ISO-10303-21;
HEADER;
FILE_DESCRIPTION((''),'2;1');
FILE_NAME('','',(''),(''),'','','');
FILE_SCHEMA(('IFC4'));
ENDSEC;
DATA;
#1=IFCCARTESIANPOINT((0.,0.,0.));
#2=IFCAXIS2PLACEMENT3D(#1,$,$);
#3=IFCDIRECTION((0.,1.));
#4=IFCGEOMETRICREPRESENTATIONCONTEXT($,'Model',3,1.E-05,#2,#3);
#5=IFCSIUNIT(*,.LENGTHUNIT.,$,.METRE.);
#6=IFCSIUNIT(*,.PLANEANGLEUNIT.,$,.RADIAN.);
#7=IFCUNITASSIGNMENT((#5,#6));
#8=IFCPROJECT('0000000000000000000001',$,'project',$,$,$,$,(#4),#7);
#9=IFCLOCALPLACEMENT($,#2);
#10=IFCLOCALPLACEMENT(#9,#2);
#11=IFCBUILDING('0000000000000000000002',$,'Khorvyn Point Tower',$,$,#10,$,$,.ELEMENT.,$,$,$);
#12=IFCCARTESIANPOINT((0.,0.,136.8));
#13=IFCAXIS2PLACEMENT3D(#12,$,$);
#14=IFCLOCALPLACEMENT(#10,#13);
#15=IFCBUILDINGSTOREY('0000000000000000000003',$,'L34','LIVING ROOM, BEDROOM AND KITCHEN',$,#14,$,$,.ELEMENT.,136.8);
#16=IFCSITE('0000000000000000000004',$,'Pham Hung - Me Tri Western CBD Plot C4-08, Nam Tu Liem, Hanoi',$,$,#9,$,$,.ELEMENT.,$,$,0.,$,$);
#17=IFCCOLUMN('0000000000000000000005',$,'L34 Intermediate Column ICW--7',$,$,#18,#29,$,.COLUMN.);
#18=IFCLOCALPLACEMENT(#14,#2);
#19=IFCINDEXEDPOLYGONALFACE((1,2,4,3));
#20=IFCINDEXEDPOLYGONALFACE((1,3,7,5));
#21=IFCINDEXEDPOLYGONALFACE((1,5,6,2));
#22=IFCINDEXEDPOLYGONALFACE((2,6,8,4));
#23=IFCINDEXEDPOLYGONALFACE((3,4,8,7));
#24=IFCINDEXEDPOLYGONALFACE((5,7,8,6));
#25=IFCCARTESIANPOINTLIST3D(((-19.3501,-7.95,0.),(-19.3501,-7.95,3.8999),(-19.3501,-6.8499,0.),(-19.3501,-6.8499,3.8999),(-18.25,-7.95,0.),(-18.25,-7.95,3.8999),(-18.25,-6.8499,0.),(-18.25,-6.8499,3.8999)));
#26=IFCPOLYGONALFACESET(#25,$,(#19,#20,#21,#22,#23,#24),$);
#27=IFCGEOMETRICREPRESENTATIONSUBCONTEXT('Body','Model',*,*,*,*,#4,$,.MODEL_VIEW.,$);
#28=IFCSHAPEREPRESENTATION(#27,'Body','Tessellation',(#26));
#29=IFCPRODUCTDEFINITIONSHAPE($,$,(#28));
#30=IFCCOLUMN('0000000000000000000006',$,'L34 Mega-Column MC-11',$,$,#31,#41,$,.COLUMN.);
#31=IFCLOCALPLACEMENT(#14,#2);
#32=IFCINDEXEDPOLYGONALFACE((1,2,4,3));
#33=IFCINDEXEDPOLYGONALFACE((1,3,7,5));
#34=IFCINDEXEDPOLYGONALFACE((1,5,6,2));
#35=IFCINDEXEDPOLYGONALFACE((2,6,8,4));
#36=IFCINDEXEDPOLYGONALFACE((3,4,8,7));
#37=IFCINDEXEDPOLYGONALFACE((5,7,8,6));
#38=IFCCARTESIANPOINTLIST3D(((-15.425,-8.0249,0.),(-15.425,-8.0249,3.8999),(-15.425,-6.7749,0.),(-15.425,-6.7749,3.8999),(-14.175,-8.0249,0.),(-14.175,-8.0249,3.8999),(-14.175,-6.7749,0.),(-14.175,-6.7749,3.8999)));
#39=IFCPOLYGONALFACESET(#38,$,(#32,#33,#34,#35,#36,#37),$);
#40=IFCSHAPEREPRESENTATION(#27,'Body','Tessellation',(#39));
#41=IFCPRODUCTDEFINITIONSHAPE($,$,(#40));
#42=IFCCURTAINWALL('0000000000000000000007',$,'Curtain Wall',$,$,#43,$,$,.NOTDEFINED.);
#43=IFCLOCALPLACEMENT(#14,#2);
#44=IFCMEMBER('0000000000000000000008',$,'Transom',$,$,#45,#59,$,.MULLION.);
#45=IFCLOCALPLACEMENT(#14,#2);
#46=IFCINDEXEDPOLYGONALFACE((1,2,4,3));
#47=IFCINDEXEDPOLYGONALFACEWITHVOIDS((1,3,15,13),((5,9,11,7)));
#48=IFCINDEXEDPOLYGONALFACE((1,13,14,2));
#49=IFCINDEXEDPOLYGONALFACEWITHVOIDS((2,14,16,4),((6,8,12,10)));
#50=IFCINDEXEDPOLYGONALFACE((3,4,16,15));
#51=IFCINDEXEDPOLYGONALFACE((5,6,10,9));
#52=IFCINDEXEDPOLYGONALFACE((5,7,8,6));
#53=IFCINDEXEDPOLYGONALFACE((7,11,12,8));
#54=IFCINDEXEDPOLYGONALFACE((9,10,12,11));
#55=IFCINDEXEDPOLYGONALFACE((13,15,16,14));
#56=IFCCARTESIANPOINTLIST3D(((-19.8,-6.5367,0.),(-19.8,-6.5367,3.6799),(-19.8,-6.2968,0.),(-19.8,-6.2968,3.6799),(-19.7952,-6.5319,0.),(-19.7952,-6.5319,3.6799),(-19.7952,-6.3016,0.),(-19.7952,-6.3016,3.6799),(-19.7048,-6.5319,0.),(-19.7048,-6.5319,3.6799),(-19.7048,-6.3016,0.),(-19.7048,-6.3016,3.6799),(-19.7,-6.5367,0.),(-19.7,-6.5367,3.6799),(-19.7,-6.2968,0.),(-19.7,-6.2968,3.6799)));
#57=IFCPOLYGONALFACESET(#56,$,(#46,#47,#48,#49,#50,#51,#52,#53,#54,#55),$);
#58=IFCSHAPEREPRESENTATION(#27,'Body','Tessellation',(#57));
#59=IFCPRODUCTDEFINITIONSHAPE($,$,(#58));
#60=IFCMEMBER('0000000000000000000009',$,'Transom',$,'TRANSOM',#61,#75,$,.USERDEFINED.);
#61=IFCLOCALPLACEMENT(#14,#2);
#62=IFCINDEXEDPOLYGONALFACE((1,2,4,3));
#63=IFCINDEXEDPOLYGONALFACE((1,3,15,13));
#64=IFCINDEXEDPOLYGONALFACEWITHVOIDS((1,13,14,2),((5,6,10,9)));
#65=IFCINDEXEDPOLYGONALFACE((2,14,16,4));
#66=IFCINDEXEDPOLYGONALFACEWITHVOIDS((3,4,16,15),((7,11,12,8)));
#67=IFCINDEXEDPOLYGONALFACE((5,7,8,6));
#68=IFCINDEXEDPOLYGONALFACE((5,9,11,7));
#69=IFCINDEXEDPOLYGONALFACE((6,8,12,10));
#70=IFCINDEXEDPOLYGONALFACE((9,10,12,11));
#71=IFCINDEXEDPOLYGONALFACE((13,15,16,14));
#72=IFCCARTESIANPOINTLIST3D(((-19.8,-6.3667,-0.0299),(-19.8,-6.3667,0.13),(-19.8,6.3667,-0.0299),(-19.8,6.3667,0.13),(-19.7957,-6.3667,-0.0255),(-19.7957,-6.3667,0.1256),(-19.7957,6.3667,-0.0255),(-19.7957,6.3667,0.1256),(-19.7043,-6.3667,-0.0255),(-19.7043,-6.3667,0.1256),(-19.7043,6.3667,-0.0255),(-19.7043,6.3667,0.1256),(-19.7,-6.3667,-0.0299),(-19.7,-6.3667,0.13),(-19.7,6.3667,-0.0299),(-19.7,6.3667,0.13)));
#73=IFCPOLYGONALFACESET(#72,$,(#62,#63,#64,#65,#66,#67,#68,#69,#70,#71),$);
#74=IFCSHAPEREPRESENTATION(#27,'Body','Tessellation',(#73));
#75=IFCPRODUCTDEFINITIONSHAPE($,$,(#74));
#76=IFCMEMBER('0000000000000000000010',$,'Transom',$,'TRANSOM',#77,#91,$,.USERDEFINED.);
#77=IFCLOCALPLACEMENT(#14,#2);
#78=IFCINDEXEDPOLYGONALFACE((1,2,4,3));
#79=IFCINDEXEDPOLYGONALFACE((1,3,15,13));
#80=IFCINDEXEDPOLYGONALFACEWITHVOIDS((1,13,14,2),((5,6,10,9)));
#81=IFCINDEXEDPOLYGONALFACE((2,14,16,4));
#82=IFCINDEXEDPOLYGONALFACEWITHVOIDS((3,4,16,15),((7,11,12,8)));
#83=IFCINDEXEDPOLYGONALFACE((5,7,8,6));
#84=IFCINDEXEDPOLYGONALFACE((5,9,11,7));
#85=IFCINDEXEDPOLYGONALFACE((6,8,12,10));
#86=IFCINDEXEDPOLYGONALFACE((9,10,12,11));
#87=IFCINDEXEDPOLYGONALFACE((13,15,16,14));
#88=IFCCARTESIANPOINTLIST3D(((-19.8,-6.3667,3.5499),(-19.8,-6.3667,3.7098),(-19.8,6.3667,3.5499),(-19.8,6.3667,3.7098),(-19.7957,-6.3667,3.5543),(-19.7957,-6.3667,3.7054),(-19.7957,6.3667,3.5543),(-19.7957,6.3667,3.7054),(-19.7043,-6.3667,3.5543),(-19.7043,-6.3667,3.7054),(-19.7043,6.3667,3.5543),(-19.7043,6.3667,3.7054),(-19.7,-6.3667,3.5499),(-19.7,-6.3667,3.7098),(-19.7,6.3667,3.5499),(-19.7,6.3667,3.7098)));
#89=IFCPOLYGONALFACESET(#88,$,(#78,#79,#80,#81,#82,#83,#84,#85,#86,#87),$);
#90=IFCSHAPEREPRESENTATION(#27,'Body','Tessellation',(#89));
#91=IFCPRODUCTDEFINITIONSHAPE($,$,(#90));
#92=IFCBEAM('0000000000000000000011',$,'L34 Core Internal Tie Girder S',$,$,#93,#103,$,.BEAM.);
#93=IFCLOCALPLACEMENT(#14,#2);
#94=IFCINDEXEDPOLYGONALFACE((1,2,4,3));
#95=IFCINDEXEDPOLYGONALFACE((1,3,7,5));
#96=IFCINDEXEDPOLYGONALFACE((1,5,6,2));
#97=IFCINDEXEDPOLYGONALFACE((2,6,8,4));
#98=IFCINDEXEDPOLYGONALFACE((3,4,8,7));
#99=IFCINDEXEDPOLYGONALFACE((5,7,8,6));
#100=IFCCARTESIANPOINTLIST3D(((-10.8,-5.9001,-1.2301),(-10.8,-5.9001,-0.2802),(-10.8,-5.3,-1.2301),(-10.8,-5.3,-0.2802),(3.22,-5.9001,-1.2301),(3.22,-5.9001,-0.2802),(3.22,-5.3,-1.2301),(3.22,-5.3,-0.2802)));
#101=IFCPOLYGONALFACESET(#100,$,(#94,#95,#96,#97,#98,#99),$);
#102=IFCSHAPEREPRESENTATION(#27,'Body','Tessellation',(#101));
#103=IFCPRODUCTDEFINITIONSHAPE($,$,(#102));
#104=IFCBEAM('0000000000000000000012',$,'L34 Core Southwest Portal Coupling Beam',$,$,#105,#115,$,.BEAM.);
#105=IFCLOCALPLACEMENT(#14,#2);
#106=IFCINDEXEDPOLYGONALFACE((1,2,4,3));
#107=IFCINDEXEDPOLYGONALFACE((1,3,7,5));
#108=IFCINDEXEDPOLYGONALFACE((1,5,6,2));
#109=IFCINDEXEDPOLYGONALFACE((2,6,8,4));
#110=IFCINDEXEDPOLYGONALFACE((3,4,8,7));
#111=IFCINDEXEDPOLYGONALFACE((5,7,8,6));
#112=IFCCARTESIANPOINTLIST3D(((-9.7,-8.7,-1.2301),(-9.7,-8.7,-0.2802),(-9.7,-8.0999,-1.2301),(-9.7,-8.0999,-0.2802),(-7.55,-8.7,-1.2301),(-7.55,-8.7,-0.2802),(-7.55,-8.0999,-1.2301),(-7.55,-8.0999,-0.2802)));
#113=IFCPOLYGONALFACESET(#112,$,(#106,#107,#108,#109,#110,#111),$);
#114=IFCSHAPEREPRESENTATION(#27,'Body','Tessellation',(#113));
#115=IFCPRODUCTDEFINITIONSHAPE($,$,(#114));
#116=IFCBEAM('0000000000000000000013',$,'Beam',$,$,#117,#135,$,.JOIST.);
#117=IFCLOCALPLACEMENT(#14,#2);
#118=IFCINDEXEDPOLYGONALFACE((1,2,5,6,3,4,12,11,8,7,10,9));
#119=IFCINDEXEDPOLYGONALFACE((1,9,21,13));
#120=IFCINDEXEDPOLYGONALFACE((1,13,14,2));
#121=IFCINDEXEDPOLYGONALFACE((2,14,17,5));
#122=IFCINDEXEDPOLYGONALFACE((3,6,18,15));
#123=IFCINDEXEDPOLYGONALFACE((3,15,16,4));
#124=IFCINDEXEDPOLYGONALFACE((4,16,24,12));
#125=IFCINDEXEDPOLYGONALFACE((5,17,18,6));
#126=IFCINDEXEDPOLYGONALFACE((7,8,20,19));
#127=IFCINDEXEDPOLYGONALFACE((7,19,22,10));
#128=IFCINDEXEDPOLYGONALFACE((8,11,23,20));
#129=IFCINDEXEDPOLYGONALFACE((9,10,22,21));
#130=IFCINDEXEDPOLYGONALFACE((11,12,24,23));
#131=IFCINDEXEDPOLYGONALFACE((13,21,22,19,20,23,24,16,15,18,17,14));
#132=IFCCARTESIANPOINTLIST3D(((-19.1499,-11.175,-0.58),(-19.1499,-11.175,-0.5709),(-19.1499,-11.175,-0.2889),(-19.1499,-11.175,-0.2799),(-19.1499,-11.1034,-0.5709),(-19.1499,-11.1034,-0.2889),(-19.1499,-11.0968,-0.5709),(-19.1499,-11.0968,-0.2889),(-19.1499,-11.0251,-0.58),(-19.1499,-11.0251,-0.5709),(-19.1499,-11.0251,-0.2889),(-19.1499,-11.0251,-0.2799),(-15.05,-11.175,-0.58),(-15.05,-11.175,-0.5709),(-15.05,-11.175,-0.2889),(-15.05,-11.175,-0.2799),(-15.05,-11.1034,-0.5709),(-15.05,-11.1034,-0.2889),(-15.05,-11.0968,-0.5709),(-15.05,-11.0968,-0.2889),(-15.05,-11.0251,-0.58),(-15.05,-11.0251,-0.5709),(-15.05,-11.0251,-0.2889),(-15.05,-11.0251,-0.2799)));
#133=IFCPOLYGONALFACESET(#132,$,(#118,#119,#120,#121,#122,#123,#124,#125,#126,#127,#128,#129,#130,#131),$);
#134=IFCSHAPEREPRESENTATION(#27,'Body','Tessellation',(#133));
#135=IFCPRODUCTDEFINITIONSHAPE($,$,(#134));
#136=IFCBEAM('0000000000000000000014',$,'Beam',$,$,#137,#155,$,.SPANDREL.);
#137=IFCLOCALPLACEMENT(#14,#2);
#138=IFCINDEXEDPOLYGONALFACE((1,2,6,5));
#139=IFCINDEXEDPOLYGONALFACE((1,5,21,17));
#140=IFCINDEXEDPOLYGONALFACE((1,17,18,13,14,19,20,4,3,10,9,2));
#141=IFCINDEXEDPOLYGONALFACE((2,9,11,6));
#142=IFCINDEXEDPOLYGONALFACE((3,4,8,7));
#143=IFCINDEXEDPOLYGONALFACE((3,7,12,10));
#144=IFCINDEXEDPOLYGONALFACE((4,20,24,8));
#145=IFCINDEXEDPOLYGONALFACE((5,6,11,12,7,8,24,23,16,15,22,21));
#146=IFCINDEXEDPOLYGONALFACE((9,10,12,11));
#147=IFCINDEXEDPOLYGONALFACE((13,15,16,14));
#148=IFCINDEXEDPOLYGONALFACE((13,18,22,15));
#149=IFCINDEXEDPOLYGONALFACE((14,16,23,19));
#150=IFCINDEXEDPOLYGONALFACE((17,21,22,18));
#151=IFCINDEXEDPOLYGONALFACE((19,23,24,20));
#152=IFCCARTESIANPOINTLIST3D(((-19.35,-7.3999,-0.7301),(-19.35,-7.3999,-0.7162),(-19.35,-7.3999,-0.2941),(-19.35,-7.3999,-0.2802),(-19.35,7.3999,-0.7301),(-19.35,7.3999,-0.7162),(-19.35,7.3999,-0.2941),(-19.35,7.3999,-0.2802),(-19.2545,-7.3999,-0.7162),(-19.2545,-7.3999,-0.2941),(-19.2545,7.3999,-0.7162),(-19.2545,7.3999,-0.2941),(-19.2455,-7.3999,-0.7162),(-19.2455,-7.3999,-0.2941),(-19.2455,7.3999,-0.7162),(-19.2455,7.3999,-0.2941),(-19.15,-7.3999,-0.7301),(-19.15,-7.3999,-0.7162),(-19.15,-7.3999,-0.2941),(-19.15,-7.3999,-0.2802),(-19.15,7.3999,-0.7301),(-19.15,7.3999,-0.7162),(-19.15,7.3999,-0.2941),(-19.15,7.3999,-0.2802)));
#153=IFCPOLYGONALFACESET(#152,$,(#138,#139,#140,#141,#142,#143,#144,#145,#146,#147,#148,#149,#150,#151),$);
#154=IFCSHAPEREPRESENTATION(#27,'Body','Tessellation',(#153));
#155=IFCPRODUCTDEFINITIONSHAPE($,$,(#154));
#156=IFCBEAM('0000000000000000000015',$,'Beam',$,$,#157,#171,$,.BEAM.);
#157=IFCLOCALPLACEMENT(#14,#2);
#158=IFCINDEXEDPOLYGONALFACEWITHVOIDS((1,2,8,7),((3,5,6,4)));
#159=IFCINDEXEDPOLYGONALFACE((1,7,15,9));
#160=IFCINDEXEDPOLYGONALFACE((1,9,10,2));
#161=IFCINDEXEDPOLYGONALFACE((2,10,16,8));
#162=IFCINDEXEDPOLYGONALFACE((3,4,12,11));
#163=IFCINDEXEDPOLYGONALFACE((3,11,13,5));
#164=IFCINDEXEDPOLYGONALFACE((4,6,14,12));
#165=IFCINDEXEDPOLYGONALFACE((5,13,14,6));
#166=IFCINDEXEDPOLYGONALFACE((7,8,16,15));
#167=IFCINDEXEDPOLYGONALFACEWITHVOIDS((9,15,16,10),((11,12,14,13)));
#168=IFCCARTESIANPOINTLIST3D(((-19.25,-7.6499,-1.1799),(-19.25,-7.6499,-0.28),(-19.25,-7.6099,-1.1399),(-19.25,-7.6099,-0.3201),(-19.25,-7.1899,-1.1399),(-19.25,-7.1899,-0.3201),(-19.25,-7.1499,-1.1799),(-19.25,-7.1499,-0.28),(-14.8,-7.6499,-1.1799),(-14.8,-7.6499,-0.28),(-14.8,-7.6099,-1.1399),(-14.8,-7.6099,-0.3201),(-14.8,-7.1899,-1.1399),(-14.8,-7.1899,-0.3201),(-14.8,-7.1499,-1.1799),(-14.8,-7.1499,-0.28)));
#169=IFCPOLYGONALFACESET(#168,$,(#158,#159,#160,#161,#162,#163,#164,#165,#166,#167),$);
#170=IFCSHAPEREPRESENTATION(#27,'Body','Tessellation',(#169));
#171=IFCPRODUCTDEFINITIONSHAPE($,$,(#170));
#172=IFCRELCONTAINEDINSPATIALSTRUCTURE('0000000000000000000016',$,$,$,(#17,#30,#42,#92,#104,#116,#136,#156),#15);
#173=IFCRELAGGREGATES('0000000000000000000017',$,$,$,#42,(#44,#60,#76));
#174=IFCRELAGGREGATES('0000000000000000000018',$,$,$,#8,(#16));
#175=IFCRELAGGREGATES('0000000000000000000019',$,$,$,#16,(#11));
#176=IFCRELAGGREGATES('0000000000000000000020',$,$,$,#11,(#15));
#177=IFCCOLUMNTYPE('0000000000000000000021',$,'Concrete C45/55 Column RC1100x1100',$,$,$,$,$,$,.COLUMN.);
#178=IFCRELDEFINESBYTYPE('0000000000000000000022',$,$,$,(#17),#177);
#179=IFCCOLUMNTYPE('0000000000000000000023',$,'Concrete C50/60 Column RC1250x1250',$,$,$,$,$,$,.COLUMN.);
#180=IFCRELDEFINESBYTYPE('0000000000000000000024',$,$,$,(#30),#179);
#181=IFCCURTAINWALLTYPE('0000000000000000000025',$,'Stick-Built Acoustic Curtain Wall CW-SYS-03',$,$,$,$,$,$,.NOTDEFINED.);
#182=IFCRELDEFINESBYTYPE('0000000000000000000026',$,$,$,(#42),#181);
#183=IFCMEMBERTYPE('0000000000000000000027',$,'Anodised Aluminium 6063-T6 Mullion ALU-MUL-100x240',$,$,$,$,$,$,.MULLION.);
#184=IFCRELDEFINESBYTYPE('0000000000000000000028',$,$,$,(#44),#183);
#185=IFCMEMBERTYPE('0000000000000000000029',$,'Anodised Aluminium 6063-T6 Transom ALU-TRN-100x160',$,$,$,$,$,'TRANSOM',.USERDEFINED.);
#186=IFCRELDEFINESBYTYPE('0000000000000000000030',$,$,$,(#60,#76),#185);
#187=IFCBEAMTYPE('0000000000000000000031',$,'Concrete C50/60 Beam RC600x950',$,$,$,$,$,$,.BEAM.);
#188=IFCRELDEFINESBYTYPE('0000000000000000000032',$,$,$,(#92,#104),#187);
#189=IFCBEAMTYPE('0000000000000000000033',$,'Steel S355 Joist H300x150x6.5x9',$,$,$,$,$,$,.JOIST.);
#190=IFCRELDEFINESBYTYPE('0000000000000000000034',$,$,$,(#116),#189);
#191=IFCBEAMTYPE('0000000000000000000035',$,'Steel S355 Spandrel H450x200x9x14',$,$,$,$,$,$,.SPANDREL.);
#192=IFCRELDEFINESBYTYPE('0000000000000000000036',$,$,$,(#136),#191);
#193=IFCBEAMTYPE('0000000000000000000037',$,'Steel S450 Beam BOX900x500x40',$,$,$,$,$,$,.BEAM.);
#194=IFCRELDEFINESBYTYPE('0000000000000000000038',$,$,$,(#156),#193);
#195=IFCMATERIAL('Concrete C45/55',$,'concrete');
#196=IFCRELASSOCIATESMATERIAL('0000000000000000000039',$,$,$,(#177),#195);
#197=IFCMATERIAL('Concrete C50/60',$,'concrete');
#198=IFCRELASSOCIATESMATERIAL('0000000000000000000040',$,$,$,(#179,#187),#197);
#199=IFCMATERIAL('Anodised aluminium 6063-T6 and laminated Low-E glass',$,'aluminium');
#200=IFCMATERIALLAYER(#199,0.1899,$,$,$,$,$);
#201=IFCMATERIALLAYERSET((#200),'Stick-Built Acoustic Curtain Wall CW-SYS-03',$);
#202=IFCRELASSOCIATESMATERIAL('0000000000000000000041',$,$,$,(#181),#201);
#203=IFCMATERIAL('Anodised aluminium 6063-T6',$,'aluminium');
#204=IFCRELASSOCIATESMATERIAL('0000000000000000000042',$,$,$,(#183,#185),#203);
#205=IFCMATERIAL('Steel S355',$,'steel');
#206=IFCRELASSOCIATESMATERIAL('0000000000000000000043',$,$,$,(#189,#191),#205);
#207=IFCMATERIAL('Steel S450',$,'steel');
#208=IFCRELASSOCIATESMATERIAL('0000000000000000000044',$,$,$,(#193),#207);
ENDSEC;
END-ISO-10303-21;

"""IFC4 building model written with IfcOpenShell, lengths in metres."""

from ifc_helpers import new_model, si_unit, direction, frame, origin, origin_2d, place, context, subcontext, project, spatial, rectangle, hollow_rectangle, i_section, extrude, material, layer, layer_set, material_profile, profile_set, type_object, element, aggregate, save


model = new_model("IFC4")

# Units and contexts
model_context = context("Model", 3, precision=1e-05, world=origin(), true_north=direction((0.0, 1.0)))
body_context = subcontext(model_context, "Body", "Model", "MODEL_VIEW")
ifc_project = project(units=[si_unit("LENGTHUNIT", "METRE"), si_unit("PLANEANGLEUNIT", "RADIAN")], contexts=[model_context])

# Site, building, storey
site_placement = place(None, origin())
site = spatial("IfcSite", under=ifc_project, at=site_placement, Name="Pham Hung - Me Tri Western CBD Plot C4-08, Nam Tu Liem, Hanoi", CompositionType="ELEMENT", RefElevation=0.0)
building_placement = place(site_placement, origin())
building = spatial("IfcBuilding", under=site, at=building_placement, Name="Khorvyn Point Tower", CompositionType="ELEMENT")
storey_placement = place(building_placement, frame((0.0, 0.0, 136.8)))
storey = spatial("IfcBuildingStorey", under=building, at=storey_placement, Name="L34", Description="LIVING ROOM, BEDROOM AND KITCHEN", CompositionType="ELEMENT", Elevation=136.8)

# Columns
ifc_material_1 = material(Name="Concrete C45/55", Category="concrete")
ifc_material_profile_1 = material_profile(ifc_material_1, rectangle(XDim=1.1001, YDim=1.1001, at=origin_2d()))
ifc_profile_set_1 = profile_set([ifc_material_profile_1], Name="Concrete C45/55 RC1100x1100")
column_type_1 = type_object("IfcColumnType", Name="Concrete C45/55 Column RC1100x1100", PredefinedType="COLUMN", material=ifc_profile_set_1)
column_1_placement = place(storey_placement, frame((-18.8, -7.3999, 0.0), z_axis=(0.0, 0.0, 1.0), x_axis=(1.0, 0.0, 0.0)))
element("IfcColumn", 1, at=column_1_placement, inside=storey, type_object=column_type_1, Name="L34 Intermediate Column ICW--7", PredefinedType="COLUMN", context=body_context, shape_type="SweptSolid", body=[
    extrude(rectangle(XDim=1.1001, YDim=1.1001, at=origin_2d()), origin(), (0.0, 0.0, 1.0), 3.8999),
])
ifc_material_2 = material(Name="Concrete C50/60", Category="concrete")
ifc_material_profile_2 = material_profile(ifc_material_2, rectangle(XDim=1.25, YDim=1.25, at=origin_2d()))
ifc_profile_set_2 = profile_set([ifc_material_profile_2], Name="Concrete C50/60 RC1250x1250")
column_type_2 = type_object("IfcColumnType", Name="Concrete C50/60 Column RC1250x1250", PredefinedType="COLUMN", material=ifc_profile_set_2)
column_2_placement = place(storey_placement, frame((-14.8, -7.3999, 0.0), z_axis=(0.0, 0.0, 1.0), x_axis=(1.0, 0.0, 0.0)))
element("IfcColumn", 2, at=column_2_placement, inside=storey, type_object=column_type_2, Name="L34 Mega-Column MC-11", PredefinedType="COLUMN", context=body_context, shape_type="SweptSolid", body=[
    extrude(rectangle(XDim=1.25, YDim=1.25, at=origin_2d()), origin(), (0.0, 0.0, 1.0), 3.8999),
])

# Curtain wall, members
ifc_material_3 = material(Name="Anodised aluminium 6063-T6 and laminated Low-E glass", Category="aluminium")
ifc_layer_1 = layer(ifc_material_3, 0.1899)
ifc_layer_set_1 = layer_set([ifc_layer_1], Name="Stick-Built Acoustic Curtain Wall CW-SYS-03")
curtain_wall_type = type_object("IfcCurtainWallType", Name="Stick-Built Acoustic Curtain Wall CW-SYS-03", PredefinedType="NOTDEFINED", material=ifc_layer_set_1)
curtain_wall_placement = place(storey_placement, origin())
curtain_wall = element("IfcCurtainWall", 3, at=curtain_wall_placement, inside=storey, type_object=curtain_wall_type, Name="Curtain Wall", PredefinedType="NOTDEFINED")
ifc_material_4 = material(Name="Anodised aluminium 6063-T6", Category="aluminium")
ifc_material_profile_3 = material_profile(ifc_material_4, hollow_rectangle(XDim=0.1001, YDim=0.24, WallThickness=0.0049, at=origin_2d()))
ifc_profile_set_3 = profile_set([ifc_material_profile_3], Name="Anodised aluminium 6063-T6 ALU-MUL-100x240")
member_type_1 = type_object("IfcMemberType", Name="Anodised Aluminium 6063-T6 Mullion ALU-MUL-100x240", PredefinedType="MULLION", material=ifc_profile_set_3)
member_1_placement = place(storey_placement, frame((-19.75, -6.4167, 0.0), z_axis=(0.0, 0.0, 1.0), x_axis=(-1.0, 0.0, 0.0)))
member_1 = element("IfcMember", 4, at=member_1_placement, type_object=member_type_1, Name="Transom", PredefinedType="MULLION", context=body_context, shape_type="SweptSolid", body=[
    extrude(hollow_rectangle(XDim=0.1001, YDim=0.24, WallThickness=0.0049, at=origin_2d()), origin(), (0.0, 0.0, 1.0), 3.6799),
])
ifc_material_profile_4 = material_profile(ifc_material_4, hollow_rectangle(XDim=0.1001, YDim=0.1599, WallThickness=0.0044, at=origin_2d()))
ifc_profile_set_4 = profile_set([ifc_material_profile_4], Name="Anodised aluminium 6063-T6 ALU-TRN-100x160")
member_type_2 = type_object("IfcMemberType", Name="Anodised Aluminium 6063-T6 Transom ALU-TRN-100x160", ElementType="TRANSOM", PredefinedType="USERDEFINED", material=ifc_profile_set_4)
member_2_placement = place(storey_placement, frame((-19.75, -6.3667, 0.05), z_axis=(0.0, 1.0, 0.0), x_axis=(-1.0, 0.0, 0.0)))
member_2 = element("IfcMember", 5, at=member_2_placement, type_object=member_type_2, Name="Transom", ObjectType="TRANSOM", PredefinedType="USERDEFINED", context=body_context, shape_type="SweptSolid", body=[
    extrude(hollow_rectangle(XDim=0.1001, YDim=0.1599, WallThickness=0.0044, at=origin_2d()), origin(), (0.0, 0.0, 1.0), 12.7334),
])
member_3_placement = place(storey_placement, frame((-19.75, -6.3667, 3.6299), z_axis=(0.0, 1.0, 0.0), x_axis=(-1.0, 0.0, 0.0)))
member_3 = element("IfcMember", 6, at=member_3_placement, type_object=member_type_2, Name="Transom", ObjectType="TRANSOM", PredefinedType="USERDEFINED", context=body_context, shape_type="SweptSolid", body=[
    extrude(hollow_rectangle(XDim=0.1001, YDim=0.1599, WallThickness=0.0044, at=origin_2d()), origin(), (0.0, 0.0, 1.0), 12.7334),
])

# Beams
ifc_material_profile_5 = material_profile(ifc_material_2, rectangle(XDim=0.6001, YDim=0.95, at=origin_2d()))
ifc_profile_set_5 = profile_set([ifc_material_profile_5], Name="Concrete C50/60 RC600x950")
beam_type_1 = type_object("IfcBeamType", Name="Concrete C50/60 Beam RC600x950", PredefinedType="BEAM", material=ifc_profile_set_5)
beam_1_placement = place(storey_placement, frame((-10.8, -5.6001, -0.7551), z_axis=(1.0, 0.0, 0.0), x_axis=(0.0, 1.0, 0.0)))
element("IfcBeam", 7, at=beam_1_placement, inside=storey, type_object=beam_type_1, Name="L34 Core Internal Tie Girder S", PredefinedType="BEAM", context=body_context, shape_type="SweptSolid", body=[
    extrude(rectangle(XDim=0.6001, YDim=0.95, at=origin_2d()), origin(), (0.0, 0.0, 1.0), 14.02),
])
beam_2_placement = place(storey_placement, frame((-9.7, -8.3999, -0.7551), z_axis=(1.0, 0.0, 0.0), x_axis=(0.0, 1.0, 0.0)))
element("IfcBeam", 8, at=beam_2_placement, inside=storey, type_object=beam_type_1, Name="L34 Core Southwest Portal Coupling Beam", PredefinedType="BEAM", context=body_context, shape_type="SweptSolid", body=[
    extrude(rectangle(XDim=0.6001, YDim=0.95, at=origin_2d()), origin(), (0.0, 0.0, 1.0), 2.1499),
])
ifc_material_5 = material(Name="Steel S355", Category="steel")
ifc_material_profile_6 = material_profile(ifc_material_5, i_section(OverallWidth=0.1499, OverallDepth=0.3, WebThickness=0.0066, FlangeThickness=0.009, at=origin_2d()))
ifc_profile_set_6 = profile_set([ifc_material_profile_6], Name="Steel S355 H300x150x6.5x9")
beam_type_2 = type_object("IfcBeamType", Name="Steel S355 Joist H300x150x6.5x9", PredefinedType="JOIST", material=ifc_profile_set_6)
beam_3_placement = place(storey_placement, frame((-19.1499, -11.1001, -0.4299), z_axis=(1.0, 0.0, 0.0), x_axis=(0.0, 1.0, 0.0)))
element("IfcBeam", 9, at=beam_3_placement, inside=storey, type_object=beam_type_2, Name="Beam", PredefinedType="JOIST", context=body_context, shape_type="SweptSolid", body=[
    extrude(i_section(OverallWidth=0.1499, OverallDepth=0.3, WebThickness=0.0066, FlangeThickness=0.009, at=origin_2d()), origin(), (0.0, 0.0, 1.0), 4.0999),
])
ifc_material_profile_7 = material_profile(ifc_material_5, i_section(OverallWidth=0.2, OverallDepth=0.45, WebThickness=0.009, FlangeThickness=0.0139, at=origin_2d()))
ifc_profile_set_7 = profile_set([ifc_material_profile_7], Name="Steel S355 H450x200x9x14")
beam_type_3 = type_object("IfcBeamType", Name="Steel S355 Spandrel H450x200x9x14", PredefinedType="SPANDREL", material=ifc_profile_set_7)
beam_4_placement = place(storey_placement, frame((-19.25, -7.3999, -0.5051), z_axis=(0.0, 1.0, 0.0), x_axis=(-1.0, 0.0, 0.0)))
element("IfcBeam", 10, at=beam_4_placement, inside=storey, type_object=beam_type_3, Name="Beam", PredefinedType="SPANDREL", context=body_context, shape_type="SweptSolid", body=[
    extrude(i_section(OverallWidth=0.2, OverallDepth=0.45, WebThickness=0.009, FlangeThickness=0.0139, at=origin_2d()), origin(), (0.0, 0.0, 1.0), 14.7998),
])
ifc_material_6 = material(Name="Steel S450", Category="steel")
ifc_material_profile_8 = material_profile(ifc_material_6, hollow_rectangle(XDim=0.5, YDim=0.8999, WallThickness=0.04, at=origin_2d()))
ifc_profile_set_8 = profile_set([ifc_material_profile_8], Name="Steel S450 BOX900x500x40")
beam_type_4 = type_object("IfcBeamType", Name="Steel S450 Beam BOX900x500x40", PredefinedType="BEAM", material=ifc_profile_set_8)
beam_5_placement = place(storey_placement, frame((-19.25, -7.3999, -0.73), z_axis=(1.0, 0.0, 0.0), x_axis=(0.0, 1.0, 0.0)))
element("IfcBeam", 11, at=beam_5_placement, inside=storey, type_object=beam_type_4, Name="Beam", PredefinedType="BEAM", context=body_context, shape_type="SweptSolid", body=[
    extrude(hollow_rectangle(XDim=0.5, YDim=0.8999, WallThickness=0.04, at=origin_2d()), origin(), (0.0, 0.0, 1.0), 4.45),
])

aggregate(curtain_wall, [member_1, member_2, member_3])

save(model, "model.ifc")
